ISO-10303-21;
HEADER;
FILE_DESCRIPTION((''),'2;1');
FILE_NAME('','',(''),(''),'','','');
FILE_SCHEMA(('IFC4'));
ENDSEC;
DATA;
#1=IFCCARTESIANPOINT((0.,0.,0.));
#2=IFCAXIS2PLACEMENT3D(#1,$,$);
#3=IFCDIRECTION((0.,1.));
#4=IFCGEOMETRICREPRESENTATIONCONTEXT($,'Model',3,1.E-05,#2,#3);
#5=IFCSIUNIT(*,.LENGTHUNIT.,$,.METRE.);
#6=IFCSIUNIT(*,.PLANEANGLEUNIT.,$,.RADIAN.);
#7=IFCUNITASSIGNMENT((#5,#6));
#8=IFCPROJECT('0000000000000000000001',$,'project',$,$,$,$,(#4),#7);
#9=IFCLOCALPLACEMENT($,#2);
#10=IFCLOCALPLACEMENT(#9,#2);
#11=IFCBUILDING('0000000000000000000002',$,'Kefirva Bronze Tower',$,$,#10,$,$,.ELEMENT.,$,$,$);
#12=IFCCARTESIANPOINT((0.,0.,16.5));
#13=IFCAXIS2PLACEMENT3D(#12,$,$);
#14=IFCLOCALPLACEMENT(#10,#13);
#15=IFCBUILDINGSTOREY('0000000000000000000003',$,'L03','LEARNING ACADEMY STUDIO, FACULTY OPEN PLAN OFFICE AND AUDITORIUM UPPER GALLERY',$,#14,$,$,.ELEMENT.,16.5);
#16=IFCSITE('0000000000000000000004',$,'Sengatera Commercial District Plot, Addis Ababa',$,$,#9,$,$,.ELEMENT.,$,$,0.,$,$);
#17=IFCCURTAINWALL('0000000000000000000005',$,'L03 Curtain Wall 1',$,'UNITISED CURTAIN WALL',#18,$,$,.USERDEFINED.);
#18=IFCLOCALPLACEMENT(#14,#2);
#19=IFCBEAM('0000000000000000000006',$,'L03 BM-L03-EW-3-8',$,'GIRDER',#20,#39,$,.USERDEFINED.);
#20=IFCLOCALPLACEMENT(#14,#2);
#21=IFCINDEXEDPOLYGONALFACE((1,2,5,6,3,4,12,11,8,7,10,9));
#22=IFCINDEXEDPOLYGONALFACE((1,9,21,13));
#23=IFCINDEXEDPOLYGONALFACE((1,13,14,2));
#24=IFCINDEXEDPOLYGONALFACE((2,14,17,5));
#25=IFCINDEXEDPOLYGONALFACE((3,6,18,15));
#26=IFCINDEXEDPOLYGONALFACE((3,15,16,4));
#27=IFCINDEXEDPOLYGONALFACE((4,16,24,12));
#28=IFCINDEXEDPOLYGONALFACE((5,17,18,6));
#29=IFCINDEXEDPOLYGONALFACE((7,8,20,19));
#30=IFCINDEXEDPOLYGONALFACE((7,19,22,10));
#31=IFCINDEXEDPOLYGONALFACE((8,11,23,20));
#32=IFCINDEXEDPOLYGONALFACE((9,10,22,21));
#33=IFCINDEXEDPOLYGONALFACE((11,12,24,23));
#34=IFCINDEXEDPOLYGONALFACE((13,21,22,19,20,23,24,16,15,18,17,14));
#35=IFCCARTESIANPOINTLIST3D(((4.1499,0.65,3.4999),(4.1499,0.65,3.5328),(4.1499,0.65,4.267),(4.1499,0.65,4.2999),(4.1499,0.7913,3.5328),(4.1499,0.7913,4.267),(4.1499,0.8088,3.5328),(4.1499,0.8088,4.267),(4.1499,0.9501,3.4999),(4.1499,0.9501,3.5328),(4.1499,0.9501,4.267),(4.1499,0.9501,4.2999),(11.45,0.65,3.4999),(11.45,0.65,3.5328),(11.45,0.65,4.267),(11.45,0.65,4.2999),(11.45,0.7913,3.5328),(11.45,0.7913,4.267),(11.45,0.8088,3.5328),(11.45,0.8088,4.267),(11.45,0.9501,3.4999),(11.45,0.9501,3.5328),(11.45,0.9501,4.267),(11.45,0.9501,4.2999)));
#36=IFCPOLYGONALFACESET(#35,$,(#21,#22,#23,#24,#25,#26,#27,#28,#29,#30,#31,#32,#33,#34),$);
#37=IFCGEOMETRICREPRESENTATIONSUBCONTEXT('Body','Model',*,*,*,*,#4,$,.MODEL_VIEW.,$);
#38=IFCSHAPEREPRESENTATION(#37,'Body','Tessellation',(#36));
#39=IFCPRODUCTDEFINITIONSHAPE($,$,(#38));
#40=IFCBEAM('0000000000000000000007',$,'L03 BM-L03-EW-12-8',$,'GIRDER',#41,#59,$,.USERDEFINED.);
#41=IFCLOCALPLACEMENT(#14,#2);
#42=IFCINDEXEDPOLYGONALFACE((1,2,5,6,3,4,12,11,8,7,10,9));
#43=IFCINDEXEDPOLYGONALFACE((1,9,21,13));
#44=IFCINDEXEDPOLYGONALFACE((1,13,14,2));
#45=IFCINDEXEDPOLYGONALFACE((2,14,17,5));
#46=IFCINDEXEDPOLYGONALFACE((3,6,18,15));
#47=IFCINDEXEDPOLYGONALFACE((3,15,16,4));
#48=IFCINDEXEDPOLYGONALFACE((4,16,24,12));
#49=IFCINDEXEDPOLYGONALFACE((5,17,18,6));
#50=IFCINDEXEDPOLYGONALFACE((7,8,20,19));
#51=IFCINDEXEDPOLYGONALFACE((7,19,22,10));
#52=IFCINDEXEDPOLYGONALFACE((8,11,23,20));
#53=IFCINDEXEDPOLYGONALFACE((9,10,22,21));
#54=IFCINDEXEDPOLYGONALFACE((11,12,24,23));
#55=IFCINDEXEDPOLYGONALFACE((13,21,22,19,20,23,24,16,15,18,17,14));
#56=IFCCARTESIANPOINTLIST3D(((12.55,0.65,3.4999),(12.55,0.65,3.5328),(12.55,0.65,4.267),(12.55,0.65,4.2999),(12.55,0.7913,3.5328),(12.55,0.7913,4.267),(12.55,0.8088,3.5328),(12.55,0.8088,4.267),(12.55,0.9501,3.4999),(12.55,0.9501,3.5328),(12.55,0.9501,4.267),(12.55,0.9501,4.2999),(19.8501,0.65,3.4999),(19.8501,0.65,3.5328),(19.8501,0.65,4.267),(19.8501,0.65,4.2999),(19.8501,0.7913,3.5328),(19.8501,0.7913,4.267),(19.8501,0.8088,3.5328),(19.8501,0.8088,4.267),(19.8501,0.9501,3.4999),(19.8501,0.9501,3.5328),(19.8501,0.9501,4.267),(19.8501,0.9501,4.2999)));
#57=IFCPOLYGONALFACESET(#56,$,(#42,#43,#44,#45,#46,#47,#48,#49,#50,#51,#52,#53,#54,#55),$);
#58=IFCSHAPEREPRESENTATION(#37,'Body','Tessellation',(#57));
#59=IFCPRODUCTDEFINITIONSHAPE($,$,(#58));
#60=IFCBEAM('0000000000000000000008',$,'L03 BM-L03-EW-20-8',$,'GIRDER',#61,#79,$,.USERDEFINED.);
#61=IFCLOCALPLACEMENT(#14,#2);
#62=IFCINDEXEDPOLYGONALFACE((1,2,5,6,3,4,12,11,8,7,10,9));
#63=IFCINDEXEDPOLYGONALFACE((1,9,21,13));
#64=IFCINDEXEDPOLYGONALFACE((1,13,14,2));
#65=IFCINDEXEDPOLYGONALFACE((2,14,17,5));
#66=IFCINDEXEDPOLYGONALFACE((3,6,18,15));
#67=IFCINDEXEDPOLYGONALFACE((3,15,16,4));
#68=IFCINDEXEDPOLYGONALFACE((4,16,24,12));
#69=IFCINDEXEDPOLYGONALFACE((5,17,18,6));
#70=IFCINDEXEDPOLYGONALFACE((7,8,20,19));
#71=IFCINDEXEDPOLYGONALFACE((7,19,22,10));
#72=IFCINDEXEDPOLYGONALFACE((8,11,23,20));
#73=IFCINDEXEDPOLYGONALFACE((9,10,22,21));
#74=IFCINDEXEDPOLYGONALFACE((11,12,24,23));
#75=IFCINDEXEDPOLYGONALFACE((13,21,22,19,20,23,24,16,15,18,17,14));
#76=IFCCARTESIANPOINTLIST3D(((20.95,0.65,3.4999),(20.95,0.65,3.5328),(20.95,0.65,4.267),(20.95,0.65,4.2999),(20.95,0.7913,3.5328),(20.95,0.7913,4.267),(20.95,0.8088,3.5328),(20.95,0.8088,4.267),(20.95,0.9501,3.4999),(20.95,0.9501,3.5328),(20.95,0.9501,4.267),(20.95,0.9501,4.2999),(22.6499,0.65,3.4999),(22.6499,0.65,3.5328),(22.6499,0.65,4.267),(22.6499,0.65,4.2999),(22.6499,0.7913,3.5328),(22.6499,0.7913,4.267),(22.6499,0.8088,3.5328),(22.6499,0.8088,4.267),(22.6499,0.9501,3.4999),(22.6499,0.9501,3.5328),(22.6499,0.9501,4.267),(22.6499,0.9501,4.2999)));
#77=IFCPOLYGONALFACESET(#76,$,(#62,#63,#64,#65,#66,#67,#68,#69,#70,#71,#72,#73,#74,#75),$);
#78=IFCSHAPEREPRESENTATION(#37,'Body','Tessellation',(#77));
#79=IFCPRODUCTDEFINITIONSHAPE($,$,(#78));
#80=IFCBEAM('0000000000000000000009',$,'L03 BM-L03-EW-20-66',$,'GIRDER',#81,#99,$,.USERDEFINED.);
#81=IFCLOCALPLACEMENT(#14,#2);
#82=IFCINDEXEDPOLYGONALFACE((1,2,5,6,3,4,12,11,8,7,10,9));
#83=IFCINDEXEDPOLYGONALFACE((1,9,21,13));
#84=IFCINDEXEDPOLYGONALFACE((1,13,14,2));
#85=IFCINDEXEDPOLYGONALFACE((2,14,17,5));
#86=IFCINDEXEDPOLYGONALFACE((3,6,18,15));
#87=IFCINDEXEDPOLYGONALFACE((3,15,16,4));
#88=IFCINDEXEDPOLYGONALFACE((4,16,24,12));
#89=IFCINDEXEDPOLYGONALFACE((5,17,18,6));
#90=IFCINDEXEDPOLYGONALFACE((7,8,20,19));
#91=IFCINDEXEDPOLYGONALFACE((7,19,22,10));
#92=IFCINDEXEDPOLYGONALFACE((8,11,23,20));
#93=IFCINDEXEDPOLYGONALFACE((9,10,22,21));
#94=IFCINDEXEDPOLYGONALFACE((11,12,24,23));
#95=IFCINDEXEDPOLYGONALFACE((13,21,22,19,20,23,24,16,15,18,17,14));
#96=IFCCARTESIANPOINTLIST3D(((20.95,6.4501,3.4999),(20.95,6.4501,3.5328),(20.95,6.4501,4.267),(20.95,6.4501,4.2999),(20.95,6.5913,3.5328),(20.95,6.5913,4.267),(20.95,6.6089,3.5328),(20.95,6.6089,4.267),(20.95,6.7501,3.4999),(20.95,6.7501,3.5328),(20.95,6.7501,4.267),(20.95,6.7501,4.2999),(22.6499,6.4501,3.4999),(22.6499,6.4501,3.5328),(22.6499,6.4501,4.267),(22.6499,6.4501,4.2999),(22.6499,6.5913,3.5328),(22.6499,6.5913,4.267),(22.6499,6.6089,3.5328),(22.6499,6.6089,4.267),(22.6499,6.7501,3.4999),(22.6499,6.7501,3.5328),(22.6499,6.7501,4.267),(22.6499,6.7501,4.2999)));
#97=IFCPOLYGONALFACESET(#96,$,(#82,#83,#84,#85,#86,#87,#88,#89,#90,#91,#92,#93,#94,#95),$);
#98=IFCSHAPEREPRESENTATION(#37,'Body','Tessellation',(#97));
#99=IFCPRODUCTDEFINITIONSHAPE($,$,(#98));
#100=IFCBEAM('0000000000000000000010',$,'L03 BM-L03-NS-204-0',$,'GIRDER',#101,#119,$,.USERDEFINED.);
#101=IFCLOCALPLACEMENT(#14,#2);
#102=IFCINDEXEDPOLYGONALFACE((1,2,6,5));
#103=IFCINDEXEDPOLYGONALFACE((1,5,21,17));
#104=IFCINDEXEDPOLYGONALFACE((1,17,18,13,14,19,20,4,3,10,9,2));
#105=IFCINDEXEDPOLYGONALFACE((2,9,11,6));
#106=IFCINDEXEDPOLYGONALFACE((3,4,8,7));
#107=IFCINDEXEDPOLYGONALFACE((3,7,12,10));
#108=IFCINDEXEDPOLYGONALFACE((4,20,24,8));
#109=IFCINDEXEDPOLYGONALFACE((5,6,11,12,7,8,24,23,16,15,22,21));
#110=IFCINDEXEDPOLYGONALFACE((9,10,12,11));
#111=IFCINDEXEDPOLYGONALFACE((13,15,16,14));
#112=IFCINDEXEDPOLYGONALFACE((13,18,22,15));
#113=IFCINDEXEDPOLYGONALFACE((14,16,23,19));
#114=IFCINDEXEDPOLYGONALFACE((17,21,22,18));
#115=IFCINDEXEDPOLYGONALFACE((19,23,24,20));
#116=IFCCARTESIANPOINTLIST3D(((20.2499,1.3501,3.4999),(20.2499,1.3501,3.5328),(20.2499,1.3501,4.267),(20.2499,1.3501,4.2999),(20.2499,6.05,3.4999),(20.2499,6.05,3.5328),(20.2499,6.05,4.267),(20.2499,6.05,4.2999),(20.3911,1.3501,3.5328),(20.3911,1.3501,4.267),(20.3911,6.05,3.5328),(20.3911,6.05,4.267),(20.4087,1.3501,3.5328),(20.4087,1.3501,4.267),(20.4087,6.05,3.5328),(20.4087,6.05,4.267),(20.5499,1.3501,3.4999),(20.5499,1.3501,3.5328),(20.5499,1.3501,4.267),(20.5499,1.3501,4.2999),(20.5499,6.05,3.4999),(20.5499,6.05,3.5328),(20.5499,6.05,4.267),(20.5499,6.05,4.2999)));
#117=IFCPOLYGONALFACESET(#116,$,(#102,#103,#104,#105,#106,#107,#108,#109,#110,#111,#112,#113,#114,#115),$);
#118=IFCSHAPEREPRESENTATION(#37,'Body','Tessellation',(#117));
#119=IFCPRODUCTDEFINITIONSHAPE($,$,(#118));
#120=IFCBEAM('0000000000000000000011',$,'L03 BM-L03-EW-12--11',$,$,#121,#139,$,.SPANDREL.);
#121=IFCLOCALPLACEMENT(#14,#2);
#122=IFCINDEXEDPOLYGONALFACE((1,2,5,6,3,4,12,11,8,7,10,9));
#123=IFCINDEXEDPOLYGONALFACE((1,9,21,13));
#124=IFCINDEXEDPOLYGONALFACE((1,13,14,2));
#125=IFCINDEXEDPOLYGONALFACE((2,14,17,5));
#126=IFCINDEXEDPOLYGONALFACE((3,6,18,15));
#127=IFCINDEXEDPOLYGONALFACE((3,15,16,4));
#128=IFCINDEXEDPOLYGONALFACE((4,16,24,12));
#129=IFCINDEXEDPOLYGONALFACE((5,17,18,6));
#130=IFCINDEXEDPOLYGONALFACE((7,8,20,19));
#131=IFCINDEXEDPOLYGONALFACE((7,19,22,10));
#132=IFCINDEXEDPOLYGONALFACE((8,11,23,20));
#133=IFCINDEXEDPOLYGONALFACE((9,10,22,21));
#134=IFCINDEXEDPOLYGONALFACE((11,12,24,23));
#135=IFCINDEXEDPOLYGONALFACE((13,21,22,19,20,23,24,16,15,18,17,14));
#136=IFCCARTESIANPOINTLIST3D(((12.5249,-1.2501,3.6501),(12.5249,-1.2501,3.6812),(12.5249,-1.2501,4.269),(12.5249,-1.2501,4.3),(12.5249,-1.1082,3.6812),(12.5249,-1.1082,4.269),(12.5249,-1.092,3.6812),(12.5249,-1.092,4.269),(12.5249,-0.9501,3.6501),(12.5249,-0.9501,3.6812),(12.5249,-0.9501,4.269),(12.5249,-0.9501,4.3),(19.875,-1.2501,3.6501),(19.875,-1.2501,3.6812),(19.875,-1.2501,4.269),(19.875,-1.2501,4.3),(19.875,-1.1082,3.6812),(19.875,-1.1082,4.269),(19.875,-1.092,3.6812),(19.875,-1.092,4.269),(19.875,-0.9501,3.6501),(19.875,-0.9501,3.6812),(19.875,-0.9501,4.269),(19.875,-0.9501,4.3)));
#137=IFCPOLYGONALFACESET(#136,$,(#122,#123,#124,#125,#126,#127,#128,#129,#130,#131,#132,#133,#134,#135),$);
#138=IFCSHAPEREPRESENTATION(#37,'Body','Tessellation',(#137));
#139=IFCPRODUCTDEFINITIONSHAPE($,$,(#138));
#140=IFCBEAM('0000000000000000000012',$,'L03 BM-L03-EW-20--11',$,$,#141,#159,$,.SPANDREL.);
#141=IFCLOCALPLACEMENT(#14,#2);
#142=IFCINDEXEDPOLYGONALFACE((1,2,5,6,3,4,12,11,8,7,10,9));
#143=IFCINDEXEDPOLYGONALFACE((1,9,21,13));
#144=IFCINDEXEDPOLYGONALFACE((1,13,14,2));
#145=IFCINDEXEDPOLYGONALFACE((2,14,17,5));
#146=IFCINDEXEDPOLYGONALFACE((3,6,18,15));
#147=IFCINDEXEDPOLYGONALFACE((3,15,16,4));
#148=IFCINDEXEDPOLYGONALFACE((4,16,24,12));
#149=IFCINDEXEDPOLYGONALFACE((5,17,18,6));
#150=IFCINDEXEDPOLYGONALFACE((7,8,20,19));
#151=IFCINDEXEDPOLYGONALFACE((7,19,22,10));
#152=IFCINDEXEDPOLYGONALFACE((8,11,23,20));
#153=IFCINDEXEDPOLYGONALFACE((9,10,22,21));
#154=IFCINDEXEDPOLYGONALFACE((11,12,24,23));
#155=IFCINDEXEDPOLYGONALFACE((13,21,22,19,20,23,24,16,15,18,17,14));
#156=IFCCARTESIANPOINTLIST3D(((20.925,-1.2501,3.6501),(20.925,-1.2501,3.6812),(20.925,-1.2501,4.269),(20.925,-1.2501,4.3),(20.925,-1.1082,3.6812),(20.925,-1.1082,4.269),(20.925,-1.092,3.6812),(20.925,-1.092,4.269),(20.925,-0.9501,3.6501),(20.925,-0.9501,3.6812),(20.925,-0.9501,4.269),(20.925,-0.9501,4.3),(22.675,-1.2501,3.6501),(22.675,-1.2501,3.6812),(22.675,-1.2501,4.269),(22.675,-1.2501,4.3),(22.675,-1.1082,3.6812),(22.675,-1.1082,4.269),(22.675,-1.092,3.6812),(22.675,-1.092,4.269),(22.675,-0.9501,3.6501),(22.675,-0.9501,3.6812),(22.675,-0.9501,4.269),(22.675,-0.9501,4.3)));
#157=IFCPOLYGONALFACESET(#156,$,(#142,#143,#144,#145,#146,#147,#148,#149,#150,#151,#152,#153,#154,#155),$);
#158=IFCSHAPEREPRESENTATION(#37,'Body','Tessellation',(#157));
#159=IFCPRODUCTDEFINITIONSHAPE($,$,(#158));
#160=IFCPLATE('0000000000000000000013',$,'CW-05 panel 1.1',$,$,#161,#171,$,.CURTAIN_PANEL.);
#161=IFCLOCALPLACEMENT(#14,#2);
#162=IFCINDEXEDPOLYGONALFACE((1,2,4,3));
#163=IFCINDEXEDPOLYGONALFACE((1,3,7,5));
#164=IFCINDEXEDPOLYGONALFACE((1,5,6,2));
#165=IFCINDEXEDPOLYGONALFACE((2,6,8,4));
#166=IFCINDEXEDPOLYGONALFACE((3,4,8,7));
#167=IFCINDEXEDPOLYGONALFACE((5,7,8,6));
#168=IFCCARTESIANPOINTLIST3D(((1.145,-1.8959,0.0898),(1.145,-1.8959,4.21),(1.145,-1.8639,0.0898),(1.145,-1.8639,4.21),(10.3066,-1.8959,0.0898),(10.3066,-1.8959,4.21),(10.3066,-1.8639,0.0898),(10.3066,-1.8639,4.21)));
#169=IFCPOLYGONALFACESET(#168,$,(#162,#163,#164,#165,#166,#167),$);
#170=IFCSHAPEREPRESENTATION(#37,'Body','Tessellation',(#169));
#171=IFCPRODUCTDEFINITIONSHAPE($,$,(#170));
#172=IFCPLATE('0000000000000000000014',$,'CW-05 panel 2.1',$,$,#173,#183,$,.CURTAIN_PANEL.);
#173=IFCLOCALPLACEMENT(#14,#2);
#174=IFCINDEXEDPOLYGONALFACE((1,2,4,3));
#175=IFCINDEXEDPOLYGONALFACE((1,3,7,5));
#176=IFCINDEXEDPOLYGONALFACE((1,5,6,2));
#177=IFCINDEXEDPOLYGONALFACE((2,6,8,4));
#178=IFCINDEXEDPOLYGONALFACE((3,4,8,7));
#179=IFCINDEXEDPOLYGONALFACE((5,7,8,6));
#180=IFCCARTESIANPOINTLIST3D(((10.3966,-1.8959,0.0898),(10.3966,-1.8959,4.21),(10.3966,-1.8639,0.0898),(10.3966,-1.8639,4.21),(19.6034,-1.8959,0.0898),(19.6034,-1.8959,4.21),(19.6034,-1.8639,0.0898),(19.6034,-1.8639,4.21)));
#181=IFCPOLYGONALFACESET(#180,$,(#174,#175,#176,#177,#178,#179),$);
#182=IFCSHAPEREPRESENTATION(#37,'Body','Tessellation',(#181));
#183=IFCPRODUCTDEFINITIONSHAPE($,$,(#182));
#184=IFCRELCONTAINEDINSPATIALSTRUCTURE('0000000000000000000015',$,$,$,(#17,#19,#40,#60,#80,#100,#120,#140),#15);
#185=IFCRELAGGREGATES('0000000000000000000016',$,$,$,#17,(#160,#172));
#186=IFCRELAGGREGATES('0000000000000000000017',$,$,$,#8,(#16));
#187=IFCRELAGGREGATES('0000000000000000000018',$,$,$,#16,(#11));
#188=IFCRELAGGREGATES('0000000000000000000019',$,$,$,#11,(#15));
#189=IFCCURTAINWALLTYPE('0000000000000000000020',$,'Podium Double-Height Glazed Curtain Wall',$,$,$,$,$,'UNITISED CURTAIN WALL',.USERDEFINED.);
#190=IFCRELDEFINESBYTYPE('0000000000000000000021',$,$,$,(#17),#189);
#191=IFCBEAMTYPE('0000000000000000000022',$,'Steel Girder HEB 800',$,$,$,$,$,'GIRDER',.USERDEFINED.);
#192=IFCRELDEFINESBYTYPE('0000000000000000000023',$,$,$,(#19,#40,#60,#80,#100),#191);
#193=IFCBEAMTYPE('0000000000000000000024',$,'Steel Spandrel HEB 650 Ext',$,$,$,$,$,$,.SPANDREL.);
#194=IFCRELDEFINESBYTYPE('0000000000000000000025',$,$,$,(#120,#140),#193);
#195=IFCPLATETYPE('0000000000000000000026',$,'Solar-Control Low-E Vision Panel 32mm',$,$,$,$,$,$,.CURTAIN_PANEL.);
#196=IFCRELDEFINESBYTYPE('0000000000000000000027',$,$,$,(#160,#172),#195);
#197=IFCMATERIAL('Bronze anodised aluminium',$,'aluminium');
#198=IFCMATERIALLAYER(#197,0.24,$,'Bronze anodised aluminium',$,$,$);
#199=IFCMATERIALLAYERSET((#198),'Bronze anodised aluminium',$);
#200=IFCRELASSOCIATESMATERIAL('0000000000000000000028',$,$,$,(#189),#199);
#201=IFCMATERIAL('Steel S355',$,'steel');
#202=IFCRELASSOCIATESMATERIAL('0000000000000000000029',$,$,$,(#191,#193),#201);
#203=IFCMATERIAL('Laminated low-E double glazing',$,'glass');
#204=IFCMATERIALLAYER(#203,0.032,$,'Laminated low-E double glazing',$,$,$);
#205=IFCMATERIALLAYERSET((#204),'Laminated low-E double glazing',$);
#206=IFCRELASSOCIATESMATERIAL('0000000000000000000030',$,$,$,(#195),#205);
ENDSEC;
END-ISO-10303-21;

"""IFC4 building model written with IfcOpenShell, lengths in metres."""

from ifc_helpers import new_model, si_unit, direction, frame, origin, origin_2d, place, context, subcontext, project, spatial, rectangle, i_section, extrude, material, layer, layer_set, material_profile, profile_set, type_object, element, aggregate, save


model = new_model("IFC4")

# Units and contexts
model_context = context("Model", 3, precision=1e-05, world=origin(), true_north=direction((0.0, 1.0)))
body_context = subcontext(model_context, "Body", "Model", "MODEL_VIEW")
ifc_project = project(units=[si_unit("LENGTHUNIT", "METRE"), si_unit("PLANEANGLEUNIT", "RADIAN")], contexts=[model_context])

# Site, building, storey
site_placement = place(None, origin())
site = spatial("IfcSite", under=ifc_project, at=site_placement, Name="Sengatera Commercial District Plot, Addis Ababa", CompositionType="ELEMENT", RefElevation=0.0)
building_placement = place(site_placement, origin())
building = spatial("IfcBuilding", under=site, at=building_placement, Name="Kefirva Bronze Tower", CompositionType="ELEMENT")
storey_placement = place(building_placement, frame((0.0, 0.0, 16.5)))
storey = spatial("IfcBuildingStorey", under=building, at=storey_placement, Name="L03", Description="LEARNING ACADEMY STUDIO, FACULTY OPEN PLAN OFFICE AND AUDITORIUM UPPER GALLERY", CompositionType="ELEMENT", Elevation=16.5)

# Curtain wall
ifc_material_1 = material(Name="Bronze anodised aluminium", Category="aluminium")
ifc_layer_1 = layer(ifc_material_1, 0.24, Name="Bronze anodised aluminium")
ifc_layer_set_1 = layer_set([ifc_layer_1], Name="Bronze anodised aluminium")
curtain_wall_type = type_object("IfcCurtainWallType", Name="Podium Double-Height Glazed Curtain Wall", ElementType="UNITISED CURTAIN WALL", PredefinedType="USERDEFINED", material=ifc_layer_set_1)
curtain_wall_placement = place(storey_placement, origin())
curtain_wall = element("IfcCurtainWall", 1, at=curtain_wall_placement, inside=storey, type_object=curtain_wall_type, Name="L03 Curtain Wall 1", ObjectType="UNITISED CURTAIN WALL", PredefinedType="USERDEFINED")

# Beams
ifc_material_2 = material(Name="Steel S355", Category="steel")
ifc_material_profile_1 = material_profile(ifc_material_2, i_section(OverallWidth=0.3, OverallDepth=0.8, WebThickness=0.0176, FlangeThickness=0.033, at=origin_2d()), Name="HEB 800")
ifc_profile_set_1 = profile_set([ifc_material_profile_1], Name="Steel S355")
beam_type_1 = type_object("IfcBeamType", Name="Steel Girder HEB 800", ElementType="GIRDER", PredefinedType="USERDEFINED", material=ifc_profile_set_1)
for number, where, z_axis, x_axis, name in (
    (2, (4.1499, 0.8, 3.8999), (1.0, 0.0, 0.0), (0.0, 1.0, 0.0), "L03 BM-L03-EW-3-8"),
    (3, (12.55, 0.8, 3.8999), (1.0, 0.0, 0.0), (0.0, 1.0, 0.0), "L03 BM-L03-EW-12-8"),
):
    element("IfcBeam", number, at=place(storey_placement, frame(where, z_axis=z_axis, x_axis=x_axis)), inside=storey, type_object=beam_type_1, Name=name, ObjectType="GIRDER", PredefinedType="USERDEFINED", context=body_context, shape_type="SweptSolid", body=[
        extrude(i_section(OverallWidth=0.3, OverallDepth=0.8, WebThickness=0.0176, FlangeThickness=0.033, at=origin_2d()), origin(), (0.0, 0.0, 1.0), 7.3),
    ])
for number, where, z_axis, x_axis, name in (
    (4, (20.95, 0.8, 3.8999), (1.0, 0.0, 0.0), (0.0, 1.0, 0.0), "L03 BM-L03-EW-20-8"),
    (5, (20.95, 6.6001, 3.8999), (1.0, 0.0, 0.0), (0.0, 1.0, 0.0), "L03 BM-L03-EW-20-66"),
):
    element("IfcBeam", number, at=place(storey_placement, frame(where, z_axis=z_axis, x_axis=x_axis)), inside=storey, type_object=beam_type_1, Name=name, ObjectType="GIRDER", PredefinedType="USERDEFINED", context=body_context, shape_type="SweptSolid", body=[
        extrude(i_section(OverallWidth=0.3, OverallDepth=0.8, WebThickness=0.0176, FlangeThickness=0.033, at=origin_2d()), origin(), (0.0, 0.0, 1.0), 1.7),
    ])
beam_1_placement = place(storey_placement, frame((20.3999, 1.3501, 3.8999), z_axis=(0.0, 1.0, 0.0), x_axis=(-1.0, 0.0, 0.0)))
element("IfcBeam", 6, at=beam_1_placement, inside=storey, type_object=beam_type_1, Name="L03 BM-L03-NS-204-0", ObjectType="GIRDER", PredefinedType="USERDEFINED", context=body_context, shape_type="SweptSolid", body=[
    extrude(i_section(OverallWidth=0.3, OverallDepth=0.8, WebThickness=0.0176, FlangeThickness=0.033, at=origin_2d()), origin(), (0.0, 0.0, 1.0), 4.7),
])
ifc_material_profile_2 = material_profile(ifc_material_2, i_section(OverallWidth=0.3, OverallDepth=0.6499, WebThickness=0.0161, FlangeThickness=0.031, at=origin_2d()), Name="HEB 650")
ifc_profile_set_2 = profile_set([ifc_material_profile_2], Name="Steel S355")
beam_type_2 = type_object("IfcBeamType", Name="Steel Spandrel HEB 650 Ext", PredefinedType="SPANDREL", material=ifc_profile_set_2)
beam_2_placement = place(storey_placement, frame((12.5249, -1.1001, 3.9751), z_axis=(1.0, 0.0, 0.0), x_axis=(0.0, 1.0, 0.0)))
element("IfcBeam", 7, at=beam_2_placement, inside=storey, type_object=beam_type_2, Name="L03 BM-L03-EW-12--11", PredefinedType="SPANDREL", context=body_context, shape_type="SweptSolid", body=[
    extrude(i_section(OverallWidth=0.3, OverallDepth=0.6499, WebThickness=0.0161, FlangeThickness=0.031, at=origin_2d()), origin(), (0.0, 0.0, 1.0), 7.3501),
])
beam_3_placement = place(storey_placement, frame((20.925, -1.1001, 3.9751), z_axis=(1.0, 0.0, 0.0), x_axis=(0.0, 1.0, 0.0)))
element("IfcBeam", 8, at=beam_3_placement, inside=storey, type_object=beam_type_2, Name="L03 BM-L03-EW-20--11", PredefinedType="SPANDREL", context=body_context, shape_type="SweptSolid", body=[
    extrude(i_section(OverallWidth=0.3, OverallDepth=0.6499, WebThickness=0.0161, FlangeThickness=0.031, at=origin_2d()), origin(), (0.0, 0.0, 1.0), 1.75),
])

# Plates
ifc_material_3 = material(Name="Laminated low-E double glazing", Category="glass")
ifc_layer_2 = layer(ifc_material_3, 0.032, Name="Laminated low-E double glazing")
ifc_layer_set_2 = layer_set([ifc_layer_2], Name="Laminated low-E double glazing")
plate_type = type_object("IfcPlateType", Name="Solar-Control Low-E Vision Panel 32mm", PredefinedType="CURTAIN_PANEL", material=ifc_layer_set_2)
plate_1_placement = place(storey_placement, frame((5.7258, -1.8799, 0.0898), z_axis=(0.0, 0.0, 1.0), x_axis=(1.0, 0.0, 0.0)))
plate_1 = element("IfcPlate", 9, at=plate_1_placement, type_object=plate_type, Name="CW-05 panel 1.1", PredefinedType="CURTAIN_PANEL", context=body_context, shape_type="SweptSolid", body=[
    extrude(rectangle(XDim=9.1616, YDim=0.032, at=origin_2d()), origin(), (0.0, 0.0, 1.0), 4.1201),
])
plate_2_placement = place(storey_placement, frame((15.0, -1.8799, 0.0898), z_axis=(0.0, 0.0, 1.0), x_axis=(1.0, 0.0, 0.0)))
plate_2 = element("IfcPlate", 10, at=plate_2_placement, type_object=plate_type, Name="CW-05 panel 2.1", PredefinedType="CURTAIN_PANEL", context=body_context, shape_type="SweptSolid", body=[
    extrude(rectangle(XDim=9.2068, YDim=0.032, at=origin_2d()), origin(), (0.0, 0.0, 1.0), 4.1201),
])
aggregate(curtain_wall, [plate_1, plate_2])

save(model, "model.ifc")
